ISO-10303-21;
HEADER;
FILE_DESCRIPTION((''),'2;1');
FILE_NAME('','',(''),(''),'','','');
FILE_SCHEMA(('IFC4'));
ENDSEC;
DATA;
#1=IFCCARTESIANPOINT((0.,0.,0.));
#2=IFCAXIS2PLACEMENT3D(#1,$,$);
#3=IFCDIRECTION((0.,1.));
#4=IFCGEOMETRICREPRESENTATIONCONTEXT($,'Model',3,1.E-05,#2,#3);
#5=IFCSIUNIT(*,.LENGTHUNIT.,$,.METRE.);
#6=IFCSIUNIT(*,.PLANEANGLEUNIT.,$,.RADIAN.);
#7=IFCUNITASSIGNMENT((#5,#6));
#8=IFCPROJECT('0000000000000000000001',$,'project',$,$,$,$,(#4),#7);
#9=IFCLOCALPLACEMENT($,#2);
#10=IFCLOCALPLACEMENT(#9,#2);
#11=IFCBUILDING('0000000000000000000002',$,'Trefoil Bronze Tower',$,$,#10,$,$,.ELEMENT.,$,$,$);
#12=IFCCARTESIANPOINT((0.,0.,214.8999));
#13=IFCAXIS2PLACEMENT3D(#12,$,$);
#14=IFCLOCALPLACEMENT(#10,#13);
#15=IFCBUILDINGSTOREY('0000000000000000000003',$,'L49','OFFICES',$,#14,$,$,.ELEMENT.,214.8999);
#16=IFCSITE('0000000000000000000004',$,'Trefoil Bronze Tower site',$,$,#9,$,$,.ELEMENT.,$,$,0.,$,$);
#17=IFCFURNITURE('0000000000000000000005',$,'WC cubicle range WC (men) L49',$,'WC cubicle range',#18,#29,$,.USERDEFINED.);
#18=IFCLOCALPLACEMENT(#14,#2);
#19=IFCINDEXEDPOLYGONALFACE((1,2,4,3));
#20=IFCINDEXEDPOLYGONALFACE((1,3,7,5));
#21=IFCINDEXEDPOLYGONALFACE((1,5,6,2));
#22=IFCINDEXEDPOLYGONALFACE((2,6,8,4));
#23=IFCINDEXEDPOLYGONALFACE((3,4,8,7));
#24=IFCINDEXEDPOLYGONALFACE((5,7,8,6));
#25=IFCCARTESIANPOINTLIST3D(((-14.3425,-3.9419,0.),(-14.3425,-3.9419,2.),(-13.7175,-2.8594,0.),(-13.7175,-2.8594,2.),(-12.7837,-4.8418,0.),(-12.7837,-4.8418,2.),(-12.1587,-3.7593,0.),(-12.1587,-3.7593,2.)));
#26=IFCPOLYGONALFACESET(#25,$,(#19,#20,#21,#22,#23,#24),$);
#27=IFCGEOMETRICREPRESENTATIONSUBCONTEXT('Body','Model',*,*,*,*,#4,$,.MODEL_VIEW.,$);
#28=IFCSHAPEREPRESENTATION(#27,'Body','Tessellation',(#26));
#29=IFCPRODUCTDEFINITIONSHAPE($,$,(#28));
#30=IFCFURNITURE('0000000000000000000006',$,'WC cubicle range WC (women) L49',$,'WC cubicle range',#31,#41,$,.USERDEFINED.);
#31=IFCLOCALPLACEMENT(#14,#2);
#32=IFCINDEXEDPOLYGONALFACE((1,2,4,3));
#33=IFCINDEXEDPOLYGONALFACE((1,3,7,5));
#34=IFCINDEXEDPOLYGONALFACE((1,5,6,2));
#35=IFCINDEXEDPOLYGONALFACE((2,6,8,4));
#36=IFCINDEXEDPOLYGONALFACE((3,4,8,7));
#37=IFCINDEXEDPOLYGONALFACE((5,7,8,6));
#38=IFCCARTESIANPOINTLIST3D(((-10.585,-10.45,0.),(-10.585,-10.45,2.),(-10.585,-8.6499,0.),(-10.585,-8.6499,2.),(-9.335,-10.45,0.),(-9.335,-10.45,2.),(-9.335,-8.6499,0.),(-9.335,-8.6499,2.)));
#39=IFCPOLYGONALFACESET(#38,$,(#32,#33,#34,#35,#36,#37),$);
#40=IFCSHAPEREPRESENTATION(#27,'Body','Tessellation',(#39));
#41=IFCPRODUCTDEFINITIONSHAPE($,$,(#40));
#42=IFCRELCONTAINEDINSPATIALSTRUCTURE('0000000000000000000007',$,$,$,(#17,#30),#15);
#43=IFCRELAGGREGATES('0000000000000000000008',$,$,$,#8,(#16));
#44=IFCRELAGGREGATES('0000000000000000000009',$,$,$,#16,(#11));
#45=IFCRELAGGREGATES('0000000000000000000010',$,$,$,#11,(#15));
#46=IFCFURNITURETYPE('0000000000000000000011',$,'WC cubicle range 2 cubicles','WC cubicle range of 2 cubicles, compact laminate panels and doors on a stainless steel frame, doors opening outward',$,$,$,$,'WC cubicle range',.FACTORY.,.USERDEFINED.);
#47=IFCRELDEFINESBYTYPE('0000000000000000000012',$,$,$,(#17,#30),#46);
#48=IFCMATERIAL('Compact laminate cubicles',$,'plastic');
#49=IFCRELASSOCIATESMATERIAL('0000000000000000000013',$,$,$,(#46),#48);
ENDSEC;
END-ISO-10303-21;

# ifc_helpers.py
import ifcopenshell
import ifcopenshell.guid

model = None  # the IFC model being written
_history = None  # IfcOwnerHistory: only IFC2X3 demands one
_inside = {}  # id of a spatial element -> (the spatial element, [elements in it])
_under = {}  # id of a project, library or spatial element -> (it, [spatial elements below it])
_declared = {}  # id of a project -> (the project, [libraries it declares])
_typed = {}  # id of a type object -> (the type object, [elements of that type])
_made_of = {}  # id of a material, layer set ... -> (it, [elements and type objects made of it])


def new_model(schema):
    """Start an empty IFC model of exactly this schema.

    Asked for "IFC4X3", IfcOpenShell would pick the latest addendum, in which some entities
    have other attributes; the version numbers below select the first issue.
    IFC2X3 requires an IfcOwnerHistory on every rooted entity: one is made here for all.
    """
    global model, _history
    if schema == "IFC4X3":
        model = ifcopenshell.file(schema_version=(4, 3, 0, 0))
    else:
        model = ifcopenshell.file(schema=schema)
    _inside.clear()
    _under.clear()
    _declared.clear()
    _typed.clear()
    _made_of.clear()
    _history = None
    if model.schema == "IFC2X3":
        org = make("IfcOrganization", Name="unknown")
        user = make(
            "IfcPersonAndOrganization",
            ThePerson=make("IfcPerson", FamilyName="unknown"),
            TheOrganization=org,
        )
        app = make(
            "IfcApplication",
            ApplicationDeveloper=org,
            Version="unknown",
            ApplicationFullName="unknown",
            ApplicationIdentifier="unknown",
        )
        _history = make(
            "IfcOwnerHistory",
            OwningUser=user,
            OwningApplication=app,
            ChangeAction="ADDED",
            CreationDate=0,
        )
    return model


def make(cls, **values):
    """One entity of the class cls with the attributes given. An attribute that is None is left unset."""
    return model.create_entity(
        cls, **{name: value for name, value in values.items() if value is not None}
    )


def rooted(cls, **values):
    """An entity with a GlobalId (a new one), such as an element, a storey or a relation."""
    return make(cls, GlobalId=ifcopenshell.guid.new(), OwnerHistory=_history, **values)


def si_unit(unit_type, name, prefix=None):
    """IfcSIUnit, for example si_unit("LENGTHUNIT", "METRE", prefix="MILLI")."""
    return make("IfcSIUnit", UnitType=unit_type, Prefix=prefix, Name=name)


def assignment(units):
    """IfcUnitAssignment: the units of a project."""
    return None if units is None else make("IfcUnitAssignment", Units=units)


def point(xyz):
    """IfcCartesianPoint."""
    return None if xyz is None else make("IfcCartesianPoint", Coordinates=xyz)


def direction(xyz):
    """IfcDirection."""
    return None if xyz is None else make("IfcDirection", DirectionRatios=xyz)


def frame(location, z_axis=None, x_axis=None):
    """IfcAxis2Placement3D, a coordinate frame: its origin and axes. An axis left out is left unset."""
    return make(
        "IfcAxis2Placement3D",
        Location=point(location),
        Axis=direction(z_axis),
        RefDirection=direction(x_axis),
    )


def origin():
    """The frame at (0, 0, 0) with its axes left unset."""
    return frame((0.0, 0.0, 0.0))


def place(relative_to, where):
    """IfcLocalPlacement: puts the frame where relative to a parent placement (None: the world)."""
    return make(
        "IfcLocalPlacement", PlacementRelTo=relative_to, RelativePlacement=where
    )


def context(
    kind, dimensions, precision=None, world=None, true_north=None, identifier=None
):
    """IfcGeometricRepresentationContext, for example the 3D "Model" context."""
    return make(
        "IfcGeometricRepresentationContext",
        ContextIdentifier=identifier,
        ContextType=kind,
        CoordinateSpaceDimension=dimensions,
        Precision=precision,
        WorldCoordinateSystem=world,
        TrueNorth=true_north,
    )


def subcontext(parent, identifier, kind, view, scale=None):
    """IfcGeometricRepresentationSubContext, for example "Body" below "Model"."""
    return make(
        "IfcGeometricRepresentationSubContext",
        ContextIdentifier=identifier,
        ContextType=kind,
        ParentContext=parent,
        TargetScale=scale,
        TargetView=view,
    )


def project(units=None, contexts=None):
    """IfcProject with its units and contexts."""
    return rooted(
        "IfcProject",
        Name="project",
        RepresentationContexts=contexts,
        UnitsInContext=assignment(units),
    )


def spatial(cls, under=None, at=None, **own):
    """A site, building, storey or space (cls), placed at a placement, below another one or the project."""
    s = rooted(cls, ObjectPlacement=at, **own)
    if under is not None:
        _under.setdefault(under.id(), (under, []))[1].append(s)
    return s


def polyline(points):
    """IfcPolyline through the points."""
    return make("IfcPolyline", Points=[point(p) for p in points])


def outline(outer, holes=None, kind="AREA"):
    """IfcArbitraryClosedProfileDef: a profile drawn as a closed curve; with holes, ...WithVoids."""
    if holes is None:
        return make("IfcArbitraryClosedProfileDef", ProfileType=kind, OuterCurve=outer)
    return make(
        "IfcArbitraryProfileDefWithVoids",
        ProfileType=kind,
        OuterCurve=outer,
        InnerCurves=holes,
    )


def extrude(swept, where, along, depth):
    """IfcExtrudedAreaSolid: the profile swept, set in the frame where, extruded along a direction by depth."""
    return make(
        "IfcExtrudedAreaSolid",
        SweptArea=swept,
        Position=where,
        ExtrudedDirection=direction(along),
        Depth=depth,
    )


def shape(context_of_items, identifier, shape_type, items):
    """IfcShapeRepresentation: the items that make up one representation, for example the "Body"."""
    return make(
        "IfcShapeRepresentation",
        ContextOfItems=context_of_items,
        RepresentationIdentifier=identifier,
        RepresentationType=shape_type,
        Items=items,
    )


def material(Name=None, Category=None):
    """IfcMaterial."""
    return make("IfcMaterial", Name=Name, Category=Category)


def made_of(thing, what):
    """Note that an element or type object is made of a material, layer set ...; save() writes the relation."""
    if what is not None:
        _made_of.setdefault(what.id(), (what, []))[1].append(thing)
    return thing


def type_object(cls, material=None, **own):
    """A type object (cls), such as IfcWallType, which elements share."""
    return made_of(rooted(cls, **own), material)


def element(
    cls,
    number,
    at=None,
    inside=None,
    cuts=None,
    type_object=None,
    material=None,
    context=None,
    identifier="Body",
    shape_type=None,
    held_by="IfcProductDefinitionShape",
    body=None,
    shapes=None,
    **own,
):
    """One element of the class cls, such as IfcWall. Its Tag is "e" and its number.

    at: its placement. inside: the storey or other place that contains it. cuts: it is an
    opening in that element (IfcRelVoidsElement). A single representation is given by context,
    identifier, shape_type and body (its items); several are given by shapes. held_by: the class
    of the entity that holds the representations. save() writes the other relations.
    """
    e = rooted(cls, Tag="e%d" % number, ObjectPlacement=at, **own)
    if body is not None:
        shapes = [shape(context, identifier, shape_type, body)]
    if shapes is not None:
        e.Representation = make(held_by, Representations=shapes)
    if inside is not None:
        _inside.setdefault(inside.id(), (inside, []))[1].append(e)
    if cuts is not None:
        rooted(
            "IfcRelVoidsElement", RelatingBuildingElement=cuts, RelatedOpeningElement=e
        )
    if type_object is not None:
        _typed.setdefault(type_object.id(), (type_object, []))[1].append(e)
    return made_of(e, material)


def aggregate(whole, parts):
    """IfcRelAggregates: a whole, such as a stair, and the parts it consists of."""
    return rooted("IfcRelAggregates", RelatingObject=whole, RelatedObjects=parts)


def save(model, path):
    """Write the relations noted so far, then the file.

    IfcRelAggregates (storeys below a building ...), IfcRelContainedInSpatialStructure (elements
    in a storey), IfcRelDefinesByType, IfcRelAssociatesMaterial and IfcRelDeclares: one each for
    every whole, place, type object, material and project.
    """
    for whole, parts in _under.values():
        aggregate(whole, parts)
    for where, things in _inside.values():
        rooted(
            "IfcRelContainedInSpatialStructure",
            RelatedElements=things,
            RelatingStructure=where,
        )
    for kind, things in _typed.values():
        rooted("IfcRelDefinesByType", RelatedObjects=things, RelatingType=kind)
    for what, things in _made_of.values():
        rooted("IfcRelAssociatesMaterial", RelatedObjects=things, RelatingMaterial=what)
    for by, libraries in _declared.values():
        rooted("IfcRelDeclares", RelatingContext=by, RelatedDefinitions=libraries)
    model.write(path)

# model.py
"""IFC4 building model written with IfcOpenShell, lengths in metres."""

from ifc_helpers import new_model, si_unit, direction, frame, origin, place, context, subcontext, project, spatial, polyline, outline, extrude, material, type_object, element, save


model = new_model("IFC4")

# Units and contexts
model_context = context("Model", 3, precision=1e-05, world=origin(), true_north=direction((0.0, 1.0)))
body_context = subcontext(model_context, "Body", "Model", "MODEL_VIEW")
ifc_project = project(units=[si_unit("LENGTHUNIT", "METRE"), si_unit("PLANEANGLEUNIT", "RADIAN")], contexts=[model_context])

# Site, building, storey
site_placement = place(None, origin())
site = spatial("IfcSite", under=ifc_project, at=site_placement, Name="Trefoil Bronze Tower site", CompositionType="ELEMENT", RefElevation=0.0)
building_placement = place(site_placement, origin())
building = spatial("IfcBuilding", under=site, at=building_placement, Name="Trefoil Bronze Tower", CompositionType="ELEMENT")
storey_placement = place(building_placement, frame((0.0, 0.0, 214.8999)))
storey = spatial("IfcBuildingStorey", under=building, at=storey_placement, Name="L49", Description="OFFICES", CompositionType="ELEMENT", Elevation=214.8999)

# Furniture
ifc_material_1 = material(Name="Compact laminate cubicles", Category="plastic")
furniture_type = type_object("IfcFurnitureType", Name="WC cubicle range 2 cubicles", Description="WC cubicle range of 2 cubicles, compact laminate panels and doors on a stainless steel frame, doors opening outward", ElementType="WC cubicle range", AssemblyPlace="FACTORY", PredefinedType="USERDEFINED", material=ifc_material_1)
furniture_1_placement = place(storey_placement, origin())
element("IfcFurniture", 1, at=furniture_1_placement, inside=storey, type_object=furniture_type, Name="WC cubicle range WC (men) L49", ObjectType="WC cubicle range", PredefinedType="USERDEFINED", context=body_context, shape_type="SweptSolid", body=[
    extrude(outline(polyline([(-12.1587, -3.7593), (-12.7837, -4.8418), (-14.3425, -3.9419), (-13.7175, -2.8594), (-12.1587, -3.7593)])), origin(), (0.0, 0.0, 1.0), 2.0),
])
furniture_2_placement = place(storey_placement, origin())
element("IfcFurniture", 2, at=furniture_2_placement, inside=storey, type_object=furniture_type, Name="WC cubicle range WC (women) L49", ObjectType="WC cubicle range", PredefinedType="USERDEFINED", context=body_context, shape_type="SweptSolid", body=[
    extrude(outline(polyline([(-9.335, -8.6499), (-10.585, -8.6499), (-10.585, -10.45), (-9.335, -10.45), (-9.335, -8.6499)])), origin(), (0.0, 0.0, 1.0), 2.0),
])

save(model, "model.ifc")
